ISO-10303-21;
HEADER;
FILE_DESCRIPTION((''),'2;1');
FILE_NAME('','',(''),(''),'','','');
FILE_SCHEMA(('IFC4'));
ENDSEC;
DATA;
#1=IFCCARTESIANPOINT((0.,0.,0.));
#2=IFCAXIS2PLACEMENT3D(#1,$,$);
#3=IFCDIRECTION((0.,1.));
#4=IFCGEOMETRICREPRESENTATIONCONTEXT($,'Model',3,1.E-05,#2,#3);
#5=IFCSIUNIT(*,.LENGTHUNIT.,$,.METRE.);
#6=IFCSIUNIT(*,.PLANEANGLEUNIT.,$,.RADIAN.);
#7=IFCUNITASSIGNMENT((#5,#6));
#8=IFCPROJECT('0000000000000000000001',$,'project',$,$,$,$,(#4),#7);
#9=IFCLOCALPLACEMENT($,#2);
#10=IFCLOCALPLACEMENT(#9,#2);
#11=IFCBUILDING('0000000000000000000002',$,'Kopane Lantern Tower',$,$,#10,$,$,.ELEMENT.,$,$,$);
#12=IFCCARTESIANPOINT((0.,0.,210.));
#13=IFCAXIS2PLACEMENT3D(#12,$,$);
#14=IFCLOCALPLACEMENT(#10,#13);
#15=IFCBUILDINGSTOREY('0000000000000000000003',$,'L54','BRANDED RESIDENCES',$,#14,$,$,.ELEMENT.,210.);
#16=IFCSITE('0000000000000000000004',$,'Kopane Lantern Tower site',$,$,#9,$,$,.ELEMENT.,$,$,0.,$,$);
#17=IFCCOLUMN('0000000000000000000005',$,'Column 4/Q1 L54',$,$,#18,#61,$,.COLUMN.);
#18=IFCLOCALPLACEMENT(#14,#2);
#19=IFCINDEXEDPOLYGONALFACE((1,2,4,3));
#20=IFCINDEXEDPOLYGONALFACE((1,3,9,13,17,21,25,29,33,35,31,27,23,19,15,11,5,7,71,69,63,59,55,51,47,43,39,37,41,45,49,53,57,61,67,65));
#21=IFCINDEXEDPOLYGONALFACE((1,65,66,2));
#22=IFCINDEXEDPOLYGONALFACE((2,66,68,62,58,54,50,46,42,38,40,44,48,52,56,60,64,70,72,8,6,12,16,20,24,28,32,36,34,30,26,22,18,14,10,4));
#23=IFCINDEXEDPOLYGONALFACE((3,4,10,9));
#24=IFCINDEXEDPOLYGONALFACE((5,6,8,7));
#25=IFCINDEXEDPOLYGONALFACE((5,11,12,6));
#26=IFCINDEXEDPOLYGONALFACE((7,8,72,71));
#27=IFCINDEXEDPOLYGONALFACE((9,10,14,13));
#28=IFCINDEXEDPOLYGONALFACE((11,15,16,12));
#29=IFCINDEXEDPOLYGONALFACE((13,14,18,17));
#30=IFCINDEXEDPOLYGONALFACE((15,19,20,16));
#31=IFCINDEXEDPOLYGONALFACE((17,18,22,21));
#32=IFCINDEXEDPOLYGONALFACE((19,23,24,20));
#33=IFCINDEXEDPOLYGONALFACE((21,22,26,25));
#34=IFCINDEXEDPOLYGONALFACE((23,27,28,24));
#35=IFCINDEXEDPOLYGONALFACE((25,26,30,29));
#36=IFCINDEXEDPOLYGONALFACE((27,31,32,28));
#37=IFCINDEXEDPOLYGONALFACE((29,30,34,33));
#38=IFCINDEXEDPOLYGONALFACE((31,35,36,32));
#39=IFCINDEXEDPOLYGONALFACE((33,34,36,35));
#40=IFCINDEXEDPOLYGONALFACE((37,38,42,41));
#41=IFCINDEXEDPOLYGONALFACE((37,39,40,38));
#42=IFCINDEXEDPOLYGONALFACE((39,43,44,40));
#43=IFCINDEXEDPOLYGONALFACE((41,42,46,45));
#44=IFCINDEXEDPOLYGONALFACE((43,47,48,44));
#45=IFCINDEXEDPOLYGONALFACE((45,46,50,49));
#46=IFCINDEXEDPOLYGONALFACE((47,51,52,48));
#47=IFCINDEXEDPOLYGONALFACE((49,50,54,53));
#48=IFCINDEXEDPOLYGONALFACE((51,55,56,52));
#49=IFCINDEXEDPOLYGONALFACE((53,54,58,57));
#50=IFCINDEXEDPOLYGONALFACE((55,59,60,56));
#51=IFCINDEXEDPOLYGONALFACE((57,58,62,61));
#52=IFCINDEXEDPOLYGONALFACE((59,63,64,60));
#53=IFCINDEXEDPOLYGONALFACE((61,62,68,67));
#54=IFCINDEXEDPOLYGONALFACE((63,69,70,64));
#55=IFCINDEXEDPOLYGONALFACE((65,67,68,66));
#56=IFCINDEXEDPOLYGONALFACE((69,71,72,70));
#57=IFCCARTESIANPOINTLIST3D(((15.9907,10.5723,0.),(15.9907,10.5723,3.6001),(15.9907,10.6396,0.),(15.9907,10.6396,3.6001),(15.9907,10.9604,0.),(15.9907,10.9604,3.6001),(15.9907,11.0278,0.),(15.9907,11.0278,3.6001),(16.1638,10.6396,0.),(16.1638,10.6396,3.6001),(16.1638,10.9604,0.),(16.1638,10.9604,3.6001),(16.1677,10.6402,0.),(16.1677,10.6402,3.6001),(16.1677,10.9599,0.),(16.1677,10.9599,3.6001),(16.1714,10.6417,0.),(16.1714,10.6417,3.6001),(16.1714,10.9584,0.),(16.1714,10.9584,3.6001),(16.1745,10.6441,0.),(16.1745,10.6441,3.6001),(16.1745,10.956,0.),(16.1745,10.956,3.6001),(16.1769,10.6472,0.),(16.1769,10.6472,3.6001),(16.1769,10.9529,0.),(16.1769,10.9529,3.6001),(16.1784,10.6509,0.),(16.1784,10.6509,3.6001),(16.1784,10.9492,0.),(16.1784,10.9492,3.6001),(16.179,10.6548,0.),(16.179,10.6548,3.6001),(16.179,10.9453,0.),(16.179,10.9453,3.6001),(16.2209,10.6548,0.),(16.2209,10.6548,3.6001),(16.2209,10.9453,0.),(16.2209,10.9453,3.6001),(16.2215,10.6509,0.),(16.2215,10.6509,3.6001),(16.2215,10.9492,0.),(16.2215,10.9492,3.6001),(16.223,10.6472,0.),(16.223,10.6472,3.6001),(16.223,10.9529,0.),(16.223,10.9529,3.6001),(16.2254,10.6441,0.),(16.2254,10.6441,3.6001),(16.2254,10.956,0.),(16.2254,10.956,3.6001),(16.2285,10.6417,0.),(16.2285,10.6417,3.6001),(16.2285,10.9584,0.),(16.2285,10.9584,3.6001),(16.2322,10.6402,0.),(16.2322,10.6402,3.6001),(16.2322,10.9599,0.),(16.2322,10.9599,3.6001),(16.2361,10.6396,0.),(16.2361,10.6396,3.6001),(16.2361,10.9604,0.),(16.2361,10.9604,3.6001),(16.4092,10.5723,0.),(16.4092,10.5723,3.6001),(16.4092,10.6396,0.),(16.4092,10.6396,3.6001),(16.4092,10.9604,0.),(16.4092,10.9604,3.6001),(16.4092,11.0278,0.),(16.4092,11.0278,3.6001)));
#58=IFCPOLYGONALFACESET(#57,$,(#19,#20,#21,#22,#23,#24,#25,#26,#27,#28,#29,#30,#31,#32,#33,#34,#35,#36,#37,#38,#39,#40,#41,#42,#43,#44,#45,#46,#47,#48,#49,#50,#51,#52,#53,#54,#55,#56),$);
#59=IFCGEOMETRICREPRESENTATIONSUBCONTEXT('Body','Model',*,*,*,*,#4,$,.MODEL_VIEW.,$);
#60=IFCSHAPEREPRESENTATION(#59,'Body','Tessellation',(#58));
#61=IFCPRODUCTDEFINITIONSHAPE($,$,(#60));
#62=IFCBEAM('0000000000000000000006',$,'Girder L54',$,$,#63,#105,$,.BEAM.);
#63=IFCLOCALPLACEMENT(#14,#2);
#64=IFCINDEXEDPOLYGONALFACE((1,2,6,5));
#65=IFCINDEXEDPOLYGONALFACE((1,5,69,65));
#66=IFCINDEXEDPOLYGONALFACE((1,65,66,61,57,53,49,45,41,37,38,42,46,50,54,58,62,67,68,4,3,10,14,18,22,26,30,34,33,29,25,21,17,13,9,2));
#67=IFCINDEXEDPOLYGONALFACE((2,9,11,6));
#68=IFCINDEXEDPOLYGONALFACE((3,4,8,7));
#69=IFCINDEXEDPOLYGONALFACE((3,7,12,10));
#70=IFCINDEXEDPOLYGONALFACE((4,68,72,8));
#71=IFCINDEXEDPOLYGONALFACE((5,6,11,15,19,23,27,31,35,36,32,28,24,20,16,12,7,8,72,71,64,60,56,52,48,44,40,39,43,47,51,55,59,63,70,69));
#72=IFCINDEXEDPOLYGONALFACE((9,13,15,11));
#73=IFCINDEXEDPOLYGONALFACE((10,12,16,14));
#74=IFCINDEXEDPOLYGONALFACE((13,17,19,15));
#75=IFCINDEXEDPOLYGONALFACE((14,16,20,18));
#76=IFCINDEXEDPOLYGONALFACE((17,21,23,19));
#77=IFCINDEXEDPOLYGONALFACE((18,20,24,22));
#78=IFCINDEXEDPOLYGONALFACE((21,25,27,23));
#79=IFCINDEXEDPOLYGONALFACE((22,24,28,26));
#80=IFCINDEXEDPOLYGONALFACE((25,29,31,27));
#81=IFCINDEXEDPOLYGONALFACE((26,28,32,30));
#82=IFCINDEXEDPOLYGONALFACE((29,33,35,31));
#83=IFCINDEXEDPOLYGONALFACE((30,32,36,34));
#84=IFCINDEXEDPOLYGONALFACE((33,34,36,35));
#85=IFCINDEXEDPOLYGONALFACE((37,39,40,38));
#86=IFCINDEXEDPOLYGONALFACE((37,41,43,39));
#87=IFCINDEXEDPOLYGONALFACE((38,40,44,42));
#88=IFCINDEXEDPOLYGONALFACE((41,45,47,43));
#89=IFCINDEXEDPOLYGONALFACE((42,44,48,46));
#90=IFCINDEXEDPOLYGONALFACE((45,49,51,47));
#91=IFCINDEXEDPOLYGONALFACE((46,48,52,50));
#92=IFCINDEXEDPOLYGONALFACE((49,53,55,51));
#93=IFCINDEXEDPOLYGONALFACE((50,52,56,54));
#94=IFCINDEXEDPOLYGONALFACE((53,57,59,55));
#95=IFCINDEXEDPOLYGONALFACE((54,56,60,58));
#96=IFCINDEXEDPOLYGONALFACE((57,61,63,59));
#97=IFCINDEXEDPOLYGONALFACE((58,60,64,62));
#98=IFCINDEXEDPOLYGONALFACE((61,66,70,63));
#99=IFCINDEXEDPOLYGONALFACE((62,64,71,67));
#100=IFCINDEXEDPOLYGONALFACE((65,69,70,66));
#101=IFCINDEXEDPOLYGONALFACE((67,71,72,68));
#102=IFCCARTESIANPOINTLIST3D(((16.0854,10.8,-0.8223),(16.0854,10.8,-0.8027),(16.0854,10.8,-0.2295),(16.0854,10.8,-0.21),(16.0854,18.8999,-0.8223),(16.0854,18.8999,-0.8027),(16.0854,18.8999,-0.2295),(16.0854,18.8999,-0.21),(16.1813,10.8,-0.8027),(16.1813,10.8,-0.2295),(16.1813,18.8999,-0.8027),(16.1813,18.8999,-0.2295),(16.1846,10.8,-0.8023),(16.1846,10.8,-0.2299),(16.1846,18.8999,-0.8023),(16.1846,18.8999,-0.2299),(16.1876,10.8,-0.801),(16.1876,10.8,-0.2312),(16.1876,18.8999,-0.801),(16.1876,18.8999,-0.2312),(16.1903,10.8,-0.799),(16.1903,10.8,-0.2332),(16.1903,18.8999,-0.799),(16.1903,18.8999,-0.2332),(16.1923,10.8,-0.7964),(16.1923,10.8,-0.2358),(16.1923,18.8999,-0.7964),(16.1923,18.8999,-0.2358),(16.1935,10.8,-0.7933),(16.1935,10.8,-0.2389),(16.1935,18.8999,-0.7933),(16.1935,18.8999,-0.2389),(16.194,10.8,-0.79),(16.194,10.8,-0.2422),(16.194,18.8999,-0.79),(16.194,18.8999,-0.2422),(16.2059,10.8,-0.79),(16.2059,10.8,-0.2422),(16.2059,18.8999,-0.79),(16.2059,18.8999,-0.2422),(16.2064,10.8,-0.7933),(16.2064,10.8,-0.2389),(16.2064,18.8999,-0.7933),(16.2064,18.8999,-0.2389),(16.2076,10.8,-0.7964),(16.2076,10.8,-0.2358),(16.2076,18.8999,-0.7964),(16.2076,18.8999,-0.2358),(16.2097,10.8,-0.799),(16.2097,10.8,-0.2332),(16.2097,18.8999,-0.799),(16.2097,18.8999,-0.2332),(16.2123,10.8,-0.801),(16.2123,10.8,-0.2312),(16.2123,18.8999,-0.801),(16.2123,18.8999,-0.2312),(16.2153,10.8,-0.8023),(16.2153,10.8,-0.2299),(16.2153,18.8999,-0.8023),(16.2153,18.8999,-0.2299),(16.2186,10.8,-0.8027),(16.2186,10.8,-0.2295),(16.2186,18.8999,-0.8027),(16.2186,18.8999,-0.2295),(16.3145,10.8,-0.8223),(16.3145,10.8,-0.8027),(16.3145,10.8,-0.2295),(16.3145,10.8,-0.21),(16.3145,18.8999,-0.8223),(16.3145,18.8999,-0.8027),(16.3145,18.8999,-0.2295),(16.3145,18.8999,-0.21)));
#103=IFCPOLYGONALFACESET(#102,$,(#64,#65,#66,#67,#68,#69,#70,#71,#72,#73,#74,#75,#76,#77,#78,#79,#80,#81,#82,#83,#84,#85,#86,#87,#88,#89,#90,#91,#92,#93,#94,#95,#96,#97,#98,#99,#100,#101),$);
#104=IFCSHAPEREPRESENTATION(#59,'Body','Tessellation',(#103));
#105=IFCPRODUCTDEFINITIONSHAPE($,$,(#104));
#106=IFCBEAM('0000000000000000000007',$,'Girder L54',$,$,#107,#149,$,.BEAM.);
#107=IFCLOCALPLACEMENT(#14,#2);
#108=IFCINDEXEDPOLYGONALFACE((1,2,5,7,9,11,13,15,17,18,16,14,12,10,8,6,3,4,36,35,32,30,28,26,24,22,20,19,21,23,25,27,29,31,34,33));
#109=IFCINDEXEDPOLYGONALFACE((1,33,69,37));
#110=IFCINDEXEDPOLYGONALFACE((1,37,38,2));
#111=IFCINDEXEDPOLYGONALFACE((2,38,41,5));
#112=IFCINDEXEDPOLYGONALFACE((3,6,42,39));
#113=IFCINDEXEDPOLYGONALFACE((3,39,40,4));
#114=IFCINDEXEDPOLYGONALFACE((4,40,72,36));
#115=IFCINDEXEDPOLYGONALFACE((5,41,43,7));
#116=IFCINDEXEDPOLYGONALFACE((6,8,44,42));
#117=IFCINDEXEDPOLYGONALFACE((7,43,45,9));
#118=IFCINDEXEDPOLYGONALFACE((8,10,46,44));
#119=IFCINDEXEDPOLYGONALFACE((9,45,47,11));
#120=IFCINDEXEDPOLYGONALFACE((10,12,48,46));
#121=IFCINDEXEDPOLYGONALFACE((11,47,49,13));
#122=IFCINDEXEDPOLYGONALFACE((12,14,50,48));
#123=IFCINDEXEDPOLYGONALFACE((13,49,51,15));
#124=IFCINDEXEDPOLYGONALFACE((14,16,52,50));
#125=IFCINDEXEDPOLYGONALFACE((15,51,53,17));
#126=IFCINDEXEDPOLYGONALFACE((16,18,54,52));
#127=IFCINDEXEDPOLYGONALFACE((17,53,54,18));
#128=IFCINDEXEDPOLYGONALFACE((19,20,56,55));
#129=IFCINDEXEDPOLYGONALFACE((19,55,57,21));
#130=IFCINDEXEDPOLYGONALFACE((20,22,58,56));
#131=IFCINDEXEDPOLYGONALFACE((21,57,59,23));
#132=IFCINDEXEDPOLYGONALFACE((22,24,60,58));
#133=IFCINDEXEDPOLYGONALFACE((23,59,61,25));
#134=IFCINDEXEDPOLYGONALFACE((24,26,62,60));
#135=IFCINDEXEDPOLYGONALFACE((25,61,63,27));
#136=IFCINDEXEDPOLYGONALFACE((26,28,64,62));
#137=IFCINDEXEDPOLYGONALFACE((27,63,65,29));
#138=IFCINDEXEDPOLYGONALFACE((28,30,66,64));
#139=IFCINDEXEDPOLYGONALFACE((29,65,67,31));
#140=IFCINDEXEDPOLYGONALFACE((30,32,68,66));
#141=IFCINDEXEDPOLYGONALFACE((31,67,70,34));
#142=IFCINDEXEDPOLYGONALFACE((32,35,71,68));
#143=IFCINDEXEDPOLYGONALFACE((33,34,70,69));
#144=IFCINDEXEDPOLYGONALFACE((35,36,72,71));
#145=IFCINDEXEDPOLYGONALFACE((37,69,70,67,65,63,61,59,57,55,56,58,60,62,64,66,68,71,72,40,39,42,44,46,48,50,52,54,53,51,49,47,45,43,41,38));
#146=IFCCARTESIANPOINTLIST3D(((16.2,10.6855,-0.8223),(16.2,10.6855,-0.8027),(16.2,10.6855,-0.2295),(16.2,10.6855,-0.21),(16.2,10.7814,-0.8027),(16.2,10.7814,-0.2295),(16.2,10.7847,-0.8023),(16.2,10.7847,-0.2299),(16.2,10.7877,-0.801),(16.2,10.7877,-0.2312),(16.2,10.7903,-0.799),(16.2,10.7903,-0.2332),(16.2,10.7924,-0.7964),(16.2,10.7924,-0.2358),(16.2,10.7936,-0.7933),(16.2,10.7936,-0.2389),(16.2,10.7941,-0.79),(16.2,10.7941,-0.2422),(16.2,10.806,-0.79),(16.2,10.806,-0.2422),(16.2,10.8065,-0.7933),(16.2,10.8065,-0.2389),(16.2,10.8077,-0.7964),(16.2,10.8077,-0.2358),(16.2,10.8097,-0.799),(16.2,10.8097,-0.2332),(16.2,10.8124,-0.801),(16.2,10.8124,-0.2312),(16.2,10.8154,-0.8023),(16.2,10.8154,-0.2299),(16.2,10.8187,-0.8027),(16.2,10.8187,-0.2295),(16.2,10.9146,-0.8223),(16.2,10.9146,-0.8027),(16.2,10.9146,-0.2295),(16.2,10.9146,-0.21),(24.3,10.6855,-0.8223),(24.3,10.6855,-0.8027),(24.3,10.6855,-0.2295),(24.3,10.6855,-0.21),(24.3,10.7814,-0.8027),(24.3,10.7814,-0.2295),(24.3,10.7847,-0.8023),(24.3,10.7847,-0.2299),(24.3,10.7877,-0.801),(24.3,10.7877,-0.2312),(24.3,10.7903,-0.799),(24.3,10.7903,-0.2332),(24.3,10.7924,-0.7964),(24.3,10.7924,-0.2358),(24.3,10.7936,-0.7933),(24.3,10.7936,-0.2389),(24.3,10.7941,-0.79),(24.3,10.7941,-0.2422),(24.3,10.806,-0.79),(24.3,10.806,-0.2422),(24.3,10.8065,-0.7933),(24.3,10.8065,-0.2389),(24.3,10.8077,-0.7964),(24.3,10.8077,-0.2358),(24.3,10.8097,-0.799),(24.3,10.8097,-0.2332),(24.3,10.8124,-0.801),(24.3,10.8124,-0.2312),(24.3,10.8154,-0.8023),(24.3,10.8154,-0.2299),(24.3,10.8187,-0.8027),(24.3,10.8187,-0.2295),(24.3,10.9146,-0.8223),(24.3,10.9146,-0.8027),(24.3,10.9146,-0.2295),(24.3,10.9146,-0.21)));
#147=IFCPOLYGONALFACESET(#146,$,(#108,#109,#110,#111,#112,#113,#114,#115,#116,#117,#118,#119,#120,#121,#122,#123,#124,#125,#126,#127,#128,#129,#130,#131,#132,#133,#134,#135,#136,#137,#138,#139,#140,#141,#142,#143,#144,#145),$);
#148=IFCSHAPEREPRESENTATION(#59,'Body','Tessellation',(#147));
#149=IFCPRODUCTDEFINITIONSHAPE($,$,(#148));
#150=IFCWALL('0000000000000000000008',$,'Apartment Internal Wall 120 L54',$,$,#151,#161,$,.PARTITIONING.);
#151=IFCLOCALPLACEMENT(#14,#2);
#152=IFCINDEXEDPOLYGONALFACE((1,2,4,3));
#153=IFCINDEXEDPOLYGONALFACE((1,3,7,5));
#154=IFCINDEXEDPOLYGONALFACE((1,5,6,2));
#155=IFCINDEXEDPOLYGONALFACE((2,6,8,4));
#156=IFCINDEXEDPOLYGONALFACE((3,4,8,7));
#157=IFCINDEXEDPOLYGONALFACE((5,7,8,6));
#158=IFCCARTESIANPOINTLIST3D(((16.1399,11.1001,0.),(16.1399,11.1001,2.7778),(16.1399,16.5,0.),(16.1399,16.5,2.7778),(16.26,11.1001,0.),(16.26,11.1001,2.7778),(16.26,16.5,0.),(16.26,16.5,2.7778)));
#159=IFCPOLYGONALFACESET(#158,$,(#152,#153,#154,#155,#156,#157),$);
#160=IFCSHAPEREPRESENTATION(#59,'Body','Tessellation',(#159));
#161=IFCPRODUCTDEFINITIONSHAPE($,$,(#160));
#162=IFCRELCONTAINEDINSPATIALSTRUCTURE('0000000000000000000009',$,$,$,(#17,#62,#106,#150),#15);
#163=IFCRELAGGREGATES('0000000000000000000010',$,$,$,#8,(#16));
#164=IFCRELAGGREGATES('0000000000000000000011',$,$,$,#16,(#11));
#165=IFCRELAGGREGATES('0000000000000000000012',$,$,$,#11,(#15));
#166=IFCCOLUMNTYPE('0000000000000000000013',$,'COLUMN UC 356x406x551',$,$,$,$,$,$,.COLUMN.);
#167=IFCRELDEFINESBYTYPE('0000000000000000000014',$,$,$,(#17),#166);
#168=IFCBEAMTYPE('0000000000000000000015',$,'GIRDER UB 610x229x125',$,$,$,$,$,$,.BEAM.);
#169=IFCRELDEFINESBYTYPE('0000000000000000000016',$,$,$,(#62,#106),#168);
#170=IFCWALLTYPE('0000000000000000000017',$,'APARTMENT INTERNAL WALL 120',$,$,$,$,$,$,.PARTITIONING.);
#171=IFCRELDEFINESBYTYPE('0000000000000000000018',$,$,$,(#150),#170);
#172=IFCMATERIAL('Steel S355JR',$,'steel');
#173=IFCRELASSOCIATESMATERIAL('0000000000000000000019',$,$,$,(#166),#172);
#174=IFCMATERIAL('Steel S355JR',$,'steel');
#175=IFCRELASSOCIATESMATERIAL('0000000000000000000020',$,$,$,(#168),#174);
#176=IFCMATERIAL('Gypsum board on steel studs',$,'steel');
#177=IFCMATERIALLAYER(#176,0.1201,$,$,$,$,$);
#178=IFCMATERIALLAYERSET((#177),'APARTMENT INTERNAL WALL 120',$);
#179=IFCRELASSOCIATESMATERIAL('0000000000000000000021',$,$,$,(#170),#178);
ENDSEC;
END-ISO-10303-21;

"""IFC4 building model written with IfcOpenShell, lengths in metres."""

from ifc_helpers import new_model, si_unit, direction, frame, frame_2d, origin, origin_2d, place, context, subcontext, project, spatial, rectangle, i_section, extrude, material, layer, layer_set, material_profile, profile_set, type_object, element, save


model = new_model("IFC4")

# Units and contexts
model_context = context("Model", 3, precision=1e-05, world=origin(), true_north=direction((0.0, 1.0)))
body_context = subcontext(model_context, "Body", "Model", "MODEL_VIEW")
ifc_project = project(units=[si_unit("LENGTHUNIT", "METRE"), si_unit("PLANEANGLEUNIT", "RADIAN")], contexts=[model_context])

# Site, building, storey
site_placement = place(None, origin())
site = spatial("IfcSite", under=ifc_project, at=site_placement, Name="Kopane Lantern Tower site", CompositionType="ELEMENT", RefElevation=0.0)
building_placement = place(site_placement, origin())
building = spatial("IfcBuilding", under=site, at=building_placement, Name="Kopane Lantern Tower", CompositionType="ELEMENT")
storey_placement = place(building_placement, frame((0.0, 0.0, 210.0)))
storey = spatial("IfcBuildingStorey", under=building, at=storey_placement, Name="L54", Description="BRANDED RESIDENCES", CompositionType="ELEMENT", Elevation=210.0)

# Column
ifc_material_1 = material(Name="Steel S355JR", Category="steel")
ifc_material_profile_1 = material_profile(ifc_material_1, i_section(OverallWidth=0.4185, OverallDepth=0.4556, WebThickness=0.042, FlangeThickness=0.0674, FilletRadius=0.0151, at=origin_2d()), Name="UC 356x406x551")
ifc_profile_set_1 = profile_set([ifc_material_profile_1], Name="Steel S355JR")
column_type = type_object("IfcColumnType", Name="COLUMN UC 356x406x551", PredefinedType="COLUMN", material=ifc_profile_set_1)
column_placement = place(storey_placement, frame((16.2, 10.8, 0.0), z_axis=(0.0, 0.0, 1.0), x_axis=(1.0, 0.0, 0.0)))
element("IfcColumn", 1, at=column_placement, inside=storey, type_object=column_type, Name="Column 4/Q1 L54", PredefinedType="COLUMN", context=body_context, shape_type="SweptSolid", body=[
    extrude(i_section(OverallWidth=0.4185, OverallDepth=0.4556, WebThickness=0.042, FlangeThickness=0.0674, FilletRadius=0.0151, at=origin_2d()), origin(), (0.0, 0.0, 1.0), 3.6001),
])

# Beams
ifc_material_2 = material(Name="Steel S355JR", Category="steel")
ifc_material_profile_2 = material_profile(ifc_material_2, i_section(OverallWidth=0.229, OverallDepth=0.6123, WebThickness=0.012, FlangeThickness=0.0195, FilletRadius=0.0127, at=origin_2d()), Name="UB 610x229x125")
ifc_profile_set_2 = profile_set([ifc_material_profile_2], Name="Steel S355JR")
beam_type = type_object("IfcBeamType", Name="GIRDER UB 610x229x125", PredefinedType="BEAM", material=ifc_profile_set_2)
beam_1_placement = place(storey_placement, frame((16.2, 10.8, -0.5161), z_axis=(0.0, 1.0, 0.0), x_axis=(-1.0, 0.0, 0.0)))
element("IfcBeam", 2, at=beam_1_placement, inside=storey, type_object=beam_type, Name="Girder L54", PredefinedType="BEAM", context=body_context, shape_type="SweptSolid", body=[
    extrude(i_section(OverallWidth=0.229, OverallDepth=0.6123, WebThickness=0.012, FlangeThickness=0.0195, FilletRadius=0.0127, at=origin_2d()), origin(), (0.0, 0.0, 1.0), 8.0999),
])
beam_2_placement = place(storey_placement, frame((16.2, 10.8, -0.5161), z_axis=(1.0, 0.0, 0.0), x_axis=(0.0, 1.0, 0.0)))
element("IfcBeam", 3, at=beam_2_placement, inside=storey, type_object=beam_type, Name="Girder L54", PredefinedType="BEAM", context=body_context, shape_type="SweptSolid", body=[
    extrude(i_section(OverallWidth=0.229, OverallDepth=0.6123, WebThickness=0.012, FlangeThickness=0.0195, FilletRadius=0.0127, at=origin_2d()), origin(), (0.0, 0.0, 1.0), 8.1001),
])

# Wall
ifc_material_3 = material(Name="Gypsum board on steel studs", Category="steel")
ifc_layer_1 = layer(ifc_material_3, 0.1201)
ifc_layer_set_1 = layer_set([ifc_layer_1], Name="APARTMENT INTERNAL WALL 120")
wall_type_1 = type_object("IfcWallType", Name="APARTMENT INTERNAL WALL 120", PredefinedType="PARTITIONING", material=ifc_layer_set_1)
wall_1_placement = place(storey_placement, frame((16.2, 16.5, 0.0), z_axis=(0.0, 0.0, 1.0), x_axis=(0.0, -1.0, 0.0)))
element("IfcWall", 4, at=wall_1_placement, inside=storey, type_object=wall_type_1, Name="Apartment Internal Wall 120 L54", PredefinedType="PARTITIONING", context=body_context, shape_type="SweptSolid", body=[
    extrude(rectangle(XDim=5.3999, YDim=0.1201, at=frame_2d((2.7, 0.0))), origin(), (0.0, 0.0, 1.0), 2.7778),
])

save(model, "model.ifc")
